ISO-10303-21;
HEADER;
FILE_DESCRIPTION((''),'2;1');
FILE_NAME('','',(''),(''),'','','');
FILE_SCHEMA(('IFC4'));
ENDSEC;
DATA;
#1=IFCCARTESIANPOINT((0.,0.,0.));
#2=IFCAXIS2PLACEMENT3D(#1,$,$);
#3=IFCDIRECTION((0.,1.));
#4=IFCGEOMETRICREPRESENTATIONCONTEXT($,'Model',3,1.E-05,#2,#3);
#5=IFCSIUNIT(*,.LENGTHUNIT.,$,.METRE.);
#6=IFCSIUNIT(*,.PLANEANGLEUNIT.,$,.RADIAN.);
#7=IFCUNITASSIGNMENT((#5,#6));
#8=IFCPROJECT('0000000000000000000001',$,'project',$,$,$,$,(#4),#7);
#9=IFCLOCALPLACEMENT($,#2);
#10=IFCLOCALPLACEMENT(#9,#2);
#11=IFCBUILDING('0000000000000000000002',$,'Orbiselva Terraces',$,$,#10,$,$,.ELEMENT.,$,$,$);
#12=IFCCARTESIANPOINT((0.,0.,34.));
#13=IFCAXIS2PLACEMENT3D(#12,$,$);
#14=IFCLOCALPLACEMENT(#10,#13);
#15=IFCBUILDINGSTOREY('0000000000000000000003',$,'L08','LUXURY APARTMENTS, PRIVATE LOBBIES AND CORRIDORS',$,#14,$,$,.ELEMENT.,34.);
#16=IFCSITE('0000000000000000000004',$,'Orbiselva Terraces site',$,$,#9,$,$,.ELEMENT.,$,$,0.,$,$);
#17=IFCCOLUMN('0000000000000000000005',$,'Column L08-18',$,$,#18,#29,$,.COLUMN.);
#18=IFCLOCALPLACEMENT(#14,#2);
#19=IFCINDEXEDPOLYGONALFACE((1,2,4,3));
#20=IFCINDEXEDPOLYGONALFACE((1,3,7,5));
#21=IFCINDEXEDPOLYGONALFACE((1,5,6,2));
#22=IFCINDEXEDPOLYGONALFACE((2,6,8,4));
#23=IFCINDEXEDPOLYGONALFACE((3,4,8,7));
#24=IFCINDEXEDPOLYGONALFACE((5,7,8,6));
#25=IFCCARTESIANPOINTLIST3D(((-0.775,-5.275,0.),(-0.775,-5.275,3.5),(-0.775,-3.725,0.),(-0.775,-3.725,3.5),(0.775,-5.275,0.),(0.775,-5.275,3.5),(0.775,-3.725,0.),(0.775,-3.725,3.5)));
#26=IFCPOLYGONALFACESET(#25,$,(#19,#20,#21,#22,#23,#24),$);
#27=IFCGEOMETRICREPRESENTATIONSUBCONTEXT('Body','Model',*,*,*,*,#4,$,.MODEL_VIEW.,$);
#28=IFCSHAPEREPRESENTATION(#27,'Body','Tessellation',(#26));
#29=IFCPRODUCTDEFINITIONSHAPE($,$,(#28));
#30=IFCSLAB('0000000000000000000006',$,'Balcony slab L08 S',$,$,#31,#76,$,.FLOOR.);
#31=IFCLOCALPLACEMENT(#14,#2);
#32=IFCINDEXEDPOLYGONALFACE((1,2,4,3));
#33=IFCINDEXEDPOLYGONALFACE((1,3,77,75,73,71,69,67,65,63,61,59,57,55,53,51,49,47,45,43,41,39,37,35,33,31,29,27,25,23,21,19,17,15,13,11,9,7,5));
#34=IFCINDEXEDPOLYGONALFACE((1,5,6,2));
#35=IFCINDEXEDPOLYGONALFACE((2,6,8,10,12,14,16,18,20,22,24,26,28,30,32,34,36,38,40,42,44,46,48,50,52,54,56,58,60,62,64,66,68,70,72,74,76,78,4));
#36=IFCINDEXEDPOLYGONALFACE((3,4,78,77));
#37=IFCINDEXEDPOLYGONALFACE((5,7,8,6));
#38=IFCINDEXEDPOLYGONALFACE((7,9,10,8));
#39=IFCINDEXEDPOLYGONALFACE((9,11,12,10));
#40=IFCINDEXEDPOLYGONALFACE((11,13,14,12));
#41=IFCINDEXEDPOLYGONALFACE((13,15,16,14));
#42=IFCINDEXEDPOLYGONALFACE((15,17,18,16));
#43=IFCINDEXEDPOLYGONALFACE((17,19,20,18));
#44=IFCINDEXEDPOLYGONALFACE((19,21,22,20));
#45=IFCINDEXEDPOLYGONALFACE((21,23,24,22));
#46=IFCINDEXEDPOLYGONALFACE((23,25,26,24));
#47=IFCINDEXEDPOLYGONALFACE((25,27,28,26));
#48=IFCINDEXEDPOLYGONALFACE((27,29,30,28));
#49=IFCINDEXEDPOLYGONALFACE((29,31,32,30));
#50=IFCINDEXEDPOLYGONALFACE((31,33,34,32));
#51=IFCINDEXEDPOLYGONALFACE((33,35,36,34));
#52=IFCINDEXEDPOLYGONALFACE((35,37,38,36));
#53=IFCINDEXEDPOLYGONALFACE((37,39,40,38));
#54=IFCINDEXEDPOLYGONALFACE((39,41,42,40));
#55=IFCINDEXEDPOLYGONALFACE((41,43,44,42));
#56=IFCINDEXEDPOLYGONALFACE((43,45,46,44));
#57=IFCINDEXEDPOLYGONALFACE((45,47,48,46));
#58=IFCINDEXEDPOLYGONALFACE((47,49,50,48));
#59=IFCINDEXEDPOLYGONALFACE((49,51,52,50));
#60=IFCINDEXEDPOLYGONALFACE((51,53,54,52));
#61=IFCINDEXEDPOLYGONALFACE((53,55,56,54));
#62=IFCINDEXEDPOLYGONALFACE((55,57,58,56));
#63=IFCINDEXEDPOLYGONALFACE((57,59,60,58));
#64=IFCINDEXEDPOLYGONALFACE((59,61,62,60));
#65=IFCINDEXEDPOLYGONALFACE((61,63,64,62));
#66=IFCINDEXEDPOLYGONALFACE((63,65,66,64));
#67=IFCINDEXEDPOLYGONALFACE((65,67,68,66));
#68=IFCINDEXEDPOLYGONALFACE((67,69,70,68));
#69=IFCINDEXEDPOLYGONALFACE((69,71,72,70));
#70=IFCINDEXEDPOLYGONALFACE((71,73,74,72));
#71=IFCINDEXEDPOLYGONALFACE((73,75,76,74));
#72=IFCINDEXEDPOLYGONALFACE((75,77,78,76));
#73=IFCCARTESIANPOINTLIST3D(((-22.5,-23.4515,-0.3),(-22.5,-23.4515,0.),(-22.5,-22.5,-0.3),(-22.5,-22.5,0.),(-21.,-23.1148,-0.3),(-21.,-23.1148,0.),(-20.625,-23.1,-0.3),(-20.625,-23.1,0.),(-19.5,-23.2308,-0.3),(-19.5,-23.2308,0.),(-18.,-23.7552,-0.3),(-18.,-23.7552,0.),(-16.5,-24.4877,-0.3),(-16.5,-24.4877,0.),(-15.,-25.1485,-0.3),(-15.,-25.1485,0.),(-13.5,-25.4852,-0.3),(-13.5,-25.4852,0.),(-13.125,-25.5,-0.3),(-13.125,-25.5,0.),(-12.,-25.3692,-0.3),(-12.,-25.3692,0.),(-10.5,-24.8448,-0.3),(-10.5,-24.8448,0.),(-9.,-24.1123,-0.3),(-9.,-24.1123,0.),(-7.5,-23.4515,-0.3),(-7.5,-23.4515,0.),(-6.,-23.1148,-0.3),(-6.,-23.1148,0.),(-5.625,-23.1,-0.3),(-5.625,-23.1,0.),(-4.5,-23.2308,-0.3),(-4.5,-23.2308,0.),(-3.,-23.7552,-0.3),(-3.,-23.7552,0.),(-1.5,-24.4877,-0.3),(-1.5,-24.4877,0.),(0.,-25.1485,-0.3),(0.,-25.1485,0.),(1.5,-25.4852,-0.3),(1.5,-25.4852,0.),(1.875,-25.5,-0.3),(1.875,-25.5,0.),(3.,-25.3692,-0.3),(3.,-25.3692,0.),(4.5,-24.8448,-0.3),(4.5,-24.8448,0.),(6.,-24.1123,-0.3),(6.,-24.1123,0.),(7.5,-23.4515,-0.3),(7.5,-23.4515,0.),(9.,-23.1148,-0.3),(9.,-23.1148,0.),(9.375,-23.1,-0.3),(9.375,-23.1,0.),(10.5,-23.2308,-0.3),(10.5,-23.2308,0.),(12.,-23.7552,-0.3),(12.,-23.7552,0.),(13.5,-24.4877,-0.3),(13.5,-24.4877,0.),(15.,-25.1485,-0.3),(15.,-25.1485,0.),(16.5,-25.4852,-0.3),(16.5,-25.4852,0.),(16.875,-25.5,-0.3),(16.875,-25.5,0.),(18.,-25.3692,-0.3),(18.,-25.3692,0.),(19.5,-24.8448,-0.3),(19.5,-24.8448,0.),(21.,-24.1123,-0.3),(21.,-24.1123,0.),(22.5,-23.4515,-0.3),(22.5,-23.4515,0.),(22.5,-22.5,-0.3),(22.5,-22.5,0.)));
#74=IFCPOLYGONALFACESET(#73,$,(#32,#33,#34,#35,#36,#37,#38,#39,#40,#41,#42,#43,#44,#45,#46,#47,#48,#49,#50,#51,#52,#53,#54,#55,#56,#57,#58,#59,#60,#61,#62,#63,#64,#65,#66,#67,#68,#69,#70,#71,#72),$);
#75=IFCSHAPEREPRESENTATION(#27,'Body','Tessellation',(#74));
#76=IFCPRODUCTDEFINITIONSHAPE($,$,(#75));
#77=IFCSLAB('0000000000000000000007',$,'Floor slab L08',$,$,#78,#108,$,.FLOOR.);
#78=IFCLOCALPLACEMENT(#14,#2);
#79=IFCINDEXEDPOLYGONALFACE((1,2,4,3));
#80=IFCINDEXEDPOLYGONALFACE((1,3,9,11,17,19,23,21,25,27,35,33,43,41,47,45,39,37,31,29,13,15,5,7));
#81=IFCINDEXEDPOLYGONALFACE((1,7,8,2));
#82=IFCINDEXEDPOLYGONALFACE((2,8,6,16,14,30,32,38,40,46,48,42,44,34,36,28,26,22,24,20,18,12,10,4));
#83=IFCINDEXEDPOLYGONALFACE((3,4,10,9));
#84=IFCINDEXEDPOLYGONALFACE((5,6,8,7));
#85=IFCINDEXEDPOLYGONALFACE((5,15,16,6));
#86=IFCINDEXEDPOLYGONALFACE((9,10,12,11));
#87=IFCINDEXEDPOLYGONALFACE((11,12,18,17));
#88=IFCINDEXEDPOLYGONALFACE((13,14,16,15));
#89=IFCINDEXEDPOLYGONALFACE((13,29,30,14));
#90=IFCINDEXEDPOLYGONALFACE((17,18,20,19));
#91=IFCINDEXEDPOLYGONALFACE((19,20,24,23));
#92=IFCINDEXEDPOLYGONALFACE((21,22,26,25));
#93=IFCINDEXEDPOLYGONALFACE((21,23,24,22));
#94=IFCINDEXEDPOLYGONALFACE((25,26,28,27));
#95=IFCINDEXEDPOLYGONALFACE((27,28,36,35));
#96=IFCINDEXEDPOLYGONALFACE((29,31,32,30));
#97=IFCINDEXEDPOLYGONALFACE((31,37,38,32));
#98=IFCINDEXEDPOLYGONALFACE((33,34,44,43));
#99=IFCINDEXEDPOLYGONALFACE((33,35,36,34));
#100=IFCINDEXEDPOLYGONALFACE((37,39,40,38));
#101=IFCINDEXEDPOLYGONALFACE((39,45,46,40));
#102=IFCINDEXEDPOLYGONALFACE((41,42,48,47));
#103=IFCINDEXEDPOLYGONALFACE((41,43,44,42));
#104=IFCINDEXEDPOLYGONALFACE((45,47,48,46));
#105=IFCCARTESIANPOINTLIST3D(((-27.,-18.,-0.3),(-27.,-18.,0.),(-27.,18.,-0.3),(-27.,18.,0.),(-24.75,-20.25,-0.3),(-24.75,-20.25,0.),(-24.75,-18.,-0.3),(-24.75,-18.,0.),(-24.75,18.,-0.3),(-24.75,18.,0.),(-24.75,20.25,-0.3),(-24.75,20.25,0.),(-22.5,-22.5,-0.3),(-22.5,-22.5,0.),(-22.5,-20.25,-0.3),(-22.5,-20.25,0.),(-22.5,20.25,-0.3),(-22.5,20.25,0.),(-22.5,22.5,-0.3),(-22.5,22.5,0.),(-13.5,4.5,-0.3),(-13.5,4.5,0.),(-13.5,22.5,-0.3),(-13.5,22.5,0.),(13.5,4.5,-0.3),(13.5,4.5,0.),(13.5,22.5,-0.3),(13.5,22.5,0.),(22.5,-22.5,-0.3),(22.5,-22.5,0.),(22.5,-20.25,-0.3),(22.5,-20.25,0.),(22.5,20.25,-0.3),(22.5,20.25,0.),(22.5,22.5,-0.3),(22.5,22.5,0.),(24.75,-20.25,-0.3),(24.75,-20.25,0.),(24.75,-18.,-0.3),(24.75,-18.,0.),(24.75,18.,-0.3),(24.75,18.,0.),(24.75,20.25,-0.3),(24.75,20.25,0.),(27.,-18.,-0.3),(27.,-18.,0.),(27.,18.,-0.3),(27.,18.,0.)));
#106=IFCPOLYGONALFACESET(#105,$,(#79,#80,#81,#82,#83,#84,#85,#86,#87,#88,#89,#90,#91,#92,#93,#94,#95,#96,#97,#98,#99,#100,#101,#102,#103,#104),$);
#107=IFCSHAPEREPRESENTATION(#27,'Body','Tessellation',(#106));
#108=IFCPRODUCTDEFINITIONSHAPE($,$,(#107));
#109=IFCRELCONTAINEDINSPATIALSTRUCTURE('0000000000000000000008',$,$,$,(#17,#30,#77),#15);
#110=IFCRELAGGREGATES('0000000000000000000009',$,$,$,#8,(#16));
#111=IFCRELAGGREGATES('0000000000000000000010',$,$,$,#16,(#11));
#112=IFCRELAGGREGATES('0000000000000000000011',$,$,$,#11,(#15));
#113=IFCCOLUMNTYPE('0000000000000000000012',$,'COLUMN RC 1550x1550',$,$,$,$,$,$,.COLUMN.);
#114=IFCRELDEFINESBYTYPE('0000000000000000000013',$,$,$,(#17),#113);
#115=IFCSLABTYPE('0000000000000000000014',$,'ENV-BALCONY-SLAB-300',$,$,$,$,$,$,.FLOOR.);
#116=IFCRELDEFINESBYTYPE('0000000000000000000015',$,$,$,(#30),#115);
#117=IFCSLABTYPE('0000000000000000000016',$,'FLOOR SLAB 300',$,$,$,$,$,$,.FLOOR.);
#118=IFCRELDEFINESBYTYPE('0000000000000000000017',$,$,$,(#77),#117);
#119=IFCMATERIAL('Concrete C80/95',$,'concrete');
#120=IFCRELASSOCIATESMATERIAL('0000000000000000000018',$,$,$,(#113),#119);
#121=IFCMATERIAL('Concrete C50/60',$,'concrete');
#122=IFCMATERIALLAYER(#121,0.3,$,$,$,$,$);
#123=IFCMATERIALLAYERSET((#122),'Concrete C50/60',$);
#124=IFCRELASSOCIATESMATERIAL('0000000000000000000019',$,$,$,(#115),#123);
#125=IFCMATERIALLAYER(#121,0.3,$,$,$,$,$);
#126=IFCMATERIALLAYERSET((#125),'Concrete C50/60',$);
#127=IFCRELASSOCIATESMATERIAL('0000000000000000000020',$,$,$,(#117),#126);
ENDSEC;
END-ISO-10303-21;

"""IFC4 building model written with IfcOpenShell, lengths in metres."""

from ifc_helpers import new_model, si_unit, direction, frame, origin, origin_2d, place, context, subcontext, project, spatial, polyline, rectangle, outline, extrude, material, layer, layer_set, material_profile, profile_set, type_object, element, save


model = new_model("IFC4")

# Units and contexts
model_context = context("Model", 3, precision=1e-05, world=origin(), true_north=direction((0.0, 1.0)))
body_context = subcontext(model_context, "Body", "Model", "MODEL_VIEW")
ifc_project = project(units=[si_unit("LENGTHUNIT", "METRE"), si_unit("PLANEANGLEUNIT", "RADIAN")], contexts=[model_context])

# Site, building, storey
site_placement = place(None, origin())
site = spatial("IfcSite", under=ifc_project, at=site_placement, Name="Orbiselva Terraces site", CompositionType="ELEMENT", RefElevation=0.0)
building_placement = place(site_placement, origin())
building = spatial("IfcBuilding", under=site, at=building_placement, Name="Orbiselva Terraces", CompositionType="ELEMENT")
storey_placement = place(building_placement, frame((0.0, 0.0, 34.0)))
storey = spatial("IfcBuildingStorey", under=building, at=storey_placement, Name="L08", Description="LUXURY APARTMENTS, PRIVATE LOBBIES AND CORRIDORS", CompositionType="ELEMENT", Elevation=34.0)

# Column
ifc_material_1 = material(Name="Concrete C80/95", Category="concrete")
ifc_material_profile = material_profile(ifc_material_1, rectangle(XDim=1.55, YDim=1.55, at=origin_2d()), Name="RC 1550x1550")
ifc_profile_set = profile_set([ifc_material_profile], Name="Concrete C80/95")
column_type = type_object("IfcColumnType", Name="COLUMN RC 1550x1550", PredefinedType="COLUMN", material=ifc_profile_set)
column_placement = place(storey_placement, frame((0.0, -4.5, 0.0), z_axis=(0.0, 0.0, 1.0), x_axis=(1.0, 0.0, 0.0)))
element("IfcColumn", 1, at=column_placement, inside=storey, type_object=column_type, Name="Column L08-18", PredefinedType="COLUMN", context=body_context, shape_type="SweptSolid", body=[
    extrude(rectangle(XDim=1.55, YDim=1.55, at=origin_2d()), origin(), (0.0, 0.0, 1.0), 3.5),
])

# Slabs
ifc_material_2 = material(Name="Concrete C50/60", Category="concrete")
ifc_layer_1 = layer(ifc_material_2, 0.3)
ifc_layer_set_1 = layer_set([ifc_layer_1], Name="Concrete C50/60")
slab_type_1 = type_object("IfcSlabType", Name="ENV-BALCONY-SLAB-300", PredefinedType="FLOOR", material=ifc_layer_set_1)
slab_1_placement = place(storey_placement, frame((0.0, 0.0, -0.3)))
element("IfcSlab", 2, at=slab_1_placement, inside=storey, type_object=slab_type_1, Name="Balcony slab L08 S", PredefinedType="FLOOR", context=body_context, shape_type="SweptSolid", body=[
    extrude(outline(polyline([(-22.5, -23.4515), (-21.0, -23.1148), (-20.625, -23.1), (-19.5, -23.2308), (-18.0, -23.7552), (-16.5, -24.4877), (-15.0, -25.1485), (-13.5, -25.4852), (-13.125, -25.5), (-12.0, -25.3692), (-10.5, -24.8448), (-9.0, -24.1123), (-7.5, -23.4515), (-6.0, -23.1148), (-5.625, -23.1), (-4.5, -23.2308), (-3.0, -23.7552), (-1.5, -24.4877), (0.0, -25.1485), (1.5, -25.4852), (1.875, -25.5), (3.0, -25.3692), (4.5, -24.8448), (6.0, -24.1123), (7.5, -23.4515), (9.0, -23.1148), (9.375, -23.1), (10.5, -23.2308), (12.0, -23.7552), (13.5, -24.4877), (15.0, -25.1485), (16.5, -25.4852), (16.875, -25.5), (18.0, -25.3692), (19.5, -24.8448), (21.0, -24.1123), (22.5, -23.4515), (22.5, -22.5), (-22.5, -22.5), (-22.5, -23.4515)])), origin(), (0.0, 0.0, 1.0), 0.3),
])
ifc_layer_2 = layer(ifc_material_2, 0.3)
ifc_layer_set_2 = layer_set([ifc_layer_2], Name="Concrete C50/60")
slab_type_2 = type_object("IfcSlabType", Name="FLOOR SLAB 300", PredefinedType="FLOOR", material=ifc_layer_set_2)
slab_2_placement = place(storey_placement, frame((0.0, 0.0, -0.3)))
element("IfcSlab", 3, at=slab_2_placement, inside=storey, type_object=slab_type_2, Name="Floor slab L08", PredefinedType="FLOOR", context=body_context, shape_type="SweptSolid", body=[
    extrude(outline(polyline([(22.5, 22.5), (22.5, 20.25), (24.75, 20.25), (24.75, 18.0), (27.0, 18.0), (27.0, -18.0), (24.75, -18.0), (24.75, -20.25), (22.5, -20.25), (22.5, -22.5), (-22.5, -22.5), (-22.5, -20.25), (-24.75, -20.25), (-24.75, -18.0), (-27.0, -18.0), (-27.0, 18.0), (-24.75, 18.0), (-24.75, 20.25), (-22.5, 20.25), (-22.5, 22.5), (-13.5, 22.5), (-13.5, 4.5), (13.5, 4.5), (13.5, 22.5), (22.5, 22.5)])), origin(), (0.0, 0.0, 1.0), 0.3),
])

save(model, "model.ifc")
